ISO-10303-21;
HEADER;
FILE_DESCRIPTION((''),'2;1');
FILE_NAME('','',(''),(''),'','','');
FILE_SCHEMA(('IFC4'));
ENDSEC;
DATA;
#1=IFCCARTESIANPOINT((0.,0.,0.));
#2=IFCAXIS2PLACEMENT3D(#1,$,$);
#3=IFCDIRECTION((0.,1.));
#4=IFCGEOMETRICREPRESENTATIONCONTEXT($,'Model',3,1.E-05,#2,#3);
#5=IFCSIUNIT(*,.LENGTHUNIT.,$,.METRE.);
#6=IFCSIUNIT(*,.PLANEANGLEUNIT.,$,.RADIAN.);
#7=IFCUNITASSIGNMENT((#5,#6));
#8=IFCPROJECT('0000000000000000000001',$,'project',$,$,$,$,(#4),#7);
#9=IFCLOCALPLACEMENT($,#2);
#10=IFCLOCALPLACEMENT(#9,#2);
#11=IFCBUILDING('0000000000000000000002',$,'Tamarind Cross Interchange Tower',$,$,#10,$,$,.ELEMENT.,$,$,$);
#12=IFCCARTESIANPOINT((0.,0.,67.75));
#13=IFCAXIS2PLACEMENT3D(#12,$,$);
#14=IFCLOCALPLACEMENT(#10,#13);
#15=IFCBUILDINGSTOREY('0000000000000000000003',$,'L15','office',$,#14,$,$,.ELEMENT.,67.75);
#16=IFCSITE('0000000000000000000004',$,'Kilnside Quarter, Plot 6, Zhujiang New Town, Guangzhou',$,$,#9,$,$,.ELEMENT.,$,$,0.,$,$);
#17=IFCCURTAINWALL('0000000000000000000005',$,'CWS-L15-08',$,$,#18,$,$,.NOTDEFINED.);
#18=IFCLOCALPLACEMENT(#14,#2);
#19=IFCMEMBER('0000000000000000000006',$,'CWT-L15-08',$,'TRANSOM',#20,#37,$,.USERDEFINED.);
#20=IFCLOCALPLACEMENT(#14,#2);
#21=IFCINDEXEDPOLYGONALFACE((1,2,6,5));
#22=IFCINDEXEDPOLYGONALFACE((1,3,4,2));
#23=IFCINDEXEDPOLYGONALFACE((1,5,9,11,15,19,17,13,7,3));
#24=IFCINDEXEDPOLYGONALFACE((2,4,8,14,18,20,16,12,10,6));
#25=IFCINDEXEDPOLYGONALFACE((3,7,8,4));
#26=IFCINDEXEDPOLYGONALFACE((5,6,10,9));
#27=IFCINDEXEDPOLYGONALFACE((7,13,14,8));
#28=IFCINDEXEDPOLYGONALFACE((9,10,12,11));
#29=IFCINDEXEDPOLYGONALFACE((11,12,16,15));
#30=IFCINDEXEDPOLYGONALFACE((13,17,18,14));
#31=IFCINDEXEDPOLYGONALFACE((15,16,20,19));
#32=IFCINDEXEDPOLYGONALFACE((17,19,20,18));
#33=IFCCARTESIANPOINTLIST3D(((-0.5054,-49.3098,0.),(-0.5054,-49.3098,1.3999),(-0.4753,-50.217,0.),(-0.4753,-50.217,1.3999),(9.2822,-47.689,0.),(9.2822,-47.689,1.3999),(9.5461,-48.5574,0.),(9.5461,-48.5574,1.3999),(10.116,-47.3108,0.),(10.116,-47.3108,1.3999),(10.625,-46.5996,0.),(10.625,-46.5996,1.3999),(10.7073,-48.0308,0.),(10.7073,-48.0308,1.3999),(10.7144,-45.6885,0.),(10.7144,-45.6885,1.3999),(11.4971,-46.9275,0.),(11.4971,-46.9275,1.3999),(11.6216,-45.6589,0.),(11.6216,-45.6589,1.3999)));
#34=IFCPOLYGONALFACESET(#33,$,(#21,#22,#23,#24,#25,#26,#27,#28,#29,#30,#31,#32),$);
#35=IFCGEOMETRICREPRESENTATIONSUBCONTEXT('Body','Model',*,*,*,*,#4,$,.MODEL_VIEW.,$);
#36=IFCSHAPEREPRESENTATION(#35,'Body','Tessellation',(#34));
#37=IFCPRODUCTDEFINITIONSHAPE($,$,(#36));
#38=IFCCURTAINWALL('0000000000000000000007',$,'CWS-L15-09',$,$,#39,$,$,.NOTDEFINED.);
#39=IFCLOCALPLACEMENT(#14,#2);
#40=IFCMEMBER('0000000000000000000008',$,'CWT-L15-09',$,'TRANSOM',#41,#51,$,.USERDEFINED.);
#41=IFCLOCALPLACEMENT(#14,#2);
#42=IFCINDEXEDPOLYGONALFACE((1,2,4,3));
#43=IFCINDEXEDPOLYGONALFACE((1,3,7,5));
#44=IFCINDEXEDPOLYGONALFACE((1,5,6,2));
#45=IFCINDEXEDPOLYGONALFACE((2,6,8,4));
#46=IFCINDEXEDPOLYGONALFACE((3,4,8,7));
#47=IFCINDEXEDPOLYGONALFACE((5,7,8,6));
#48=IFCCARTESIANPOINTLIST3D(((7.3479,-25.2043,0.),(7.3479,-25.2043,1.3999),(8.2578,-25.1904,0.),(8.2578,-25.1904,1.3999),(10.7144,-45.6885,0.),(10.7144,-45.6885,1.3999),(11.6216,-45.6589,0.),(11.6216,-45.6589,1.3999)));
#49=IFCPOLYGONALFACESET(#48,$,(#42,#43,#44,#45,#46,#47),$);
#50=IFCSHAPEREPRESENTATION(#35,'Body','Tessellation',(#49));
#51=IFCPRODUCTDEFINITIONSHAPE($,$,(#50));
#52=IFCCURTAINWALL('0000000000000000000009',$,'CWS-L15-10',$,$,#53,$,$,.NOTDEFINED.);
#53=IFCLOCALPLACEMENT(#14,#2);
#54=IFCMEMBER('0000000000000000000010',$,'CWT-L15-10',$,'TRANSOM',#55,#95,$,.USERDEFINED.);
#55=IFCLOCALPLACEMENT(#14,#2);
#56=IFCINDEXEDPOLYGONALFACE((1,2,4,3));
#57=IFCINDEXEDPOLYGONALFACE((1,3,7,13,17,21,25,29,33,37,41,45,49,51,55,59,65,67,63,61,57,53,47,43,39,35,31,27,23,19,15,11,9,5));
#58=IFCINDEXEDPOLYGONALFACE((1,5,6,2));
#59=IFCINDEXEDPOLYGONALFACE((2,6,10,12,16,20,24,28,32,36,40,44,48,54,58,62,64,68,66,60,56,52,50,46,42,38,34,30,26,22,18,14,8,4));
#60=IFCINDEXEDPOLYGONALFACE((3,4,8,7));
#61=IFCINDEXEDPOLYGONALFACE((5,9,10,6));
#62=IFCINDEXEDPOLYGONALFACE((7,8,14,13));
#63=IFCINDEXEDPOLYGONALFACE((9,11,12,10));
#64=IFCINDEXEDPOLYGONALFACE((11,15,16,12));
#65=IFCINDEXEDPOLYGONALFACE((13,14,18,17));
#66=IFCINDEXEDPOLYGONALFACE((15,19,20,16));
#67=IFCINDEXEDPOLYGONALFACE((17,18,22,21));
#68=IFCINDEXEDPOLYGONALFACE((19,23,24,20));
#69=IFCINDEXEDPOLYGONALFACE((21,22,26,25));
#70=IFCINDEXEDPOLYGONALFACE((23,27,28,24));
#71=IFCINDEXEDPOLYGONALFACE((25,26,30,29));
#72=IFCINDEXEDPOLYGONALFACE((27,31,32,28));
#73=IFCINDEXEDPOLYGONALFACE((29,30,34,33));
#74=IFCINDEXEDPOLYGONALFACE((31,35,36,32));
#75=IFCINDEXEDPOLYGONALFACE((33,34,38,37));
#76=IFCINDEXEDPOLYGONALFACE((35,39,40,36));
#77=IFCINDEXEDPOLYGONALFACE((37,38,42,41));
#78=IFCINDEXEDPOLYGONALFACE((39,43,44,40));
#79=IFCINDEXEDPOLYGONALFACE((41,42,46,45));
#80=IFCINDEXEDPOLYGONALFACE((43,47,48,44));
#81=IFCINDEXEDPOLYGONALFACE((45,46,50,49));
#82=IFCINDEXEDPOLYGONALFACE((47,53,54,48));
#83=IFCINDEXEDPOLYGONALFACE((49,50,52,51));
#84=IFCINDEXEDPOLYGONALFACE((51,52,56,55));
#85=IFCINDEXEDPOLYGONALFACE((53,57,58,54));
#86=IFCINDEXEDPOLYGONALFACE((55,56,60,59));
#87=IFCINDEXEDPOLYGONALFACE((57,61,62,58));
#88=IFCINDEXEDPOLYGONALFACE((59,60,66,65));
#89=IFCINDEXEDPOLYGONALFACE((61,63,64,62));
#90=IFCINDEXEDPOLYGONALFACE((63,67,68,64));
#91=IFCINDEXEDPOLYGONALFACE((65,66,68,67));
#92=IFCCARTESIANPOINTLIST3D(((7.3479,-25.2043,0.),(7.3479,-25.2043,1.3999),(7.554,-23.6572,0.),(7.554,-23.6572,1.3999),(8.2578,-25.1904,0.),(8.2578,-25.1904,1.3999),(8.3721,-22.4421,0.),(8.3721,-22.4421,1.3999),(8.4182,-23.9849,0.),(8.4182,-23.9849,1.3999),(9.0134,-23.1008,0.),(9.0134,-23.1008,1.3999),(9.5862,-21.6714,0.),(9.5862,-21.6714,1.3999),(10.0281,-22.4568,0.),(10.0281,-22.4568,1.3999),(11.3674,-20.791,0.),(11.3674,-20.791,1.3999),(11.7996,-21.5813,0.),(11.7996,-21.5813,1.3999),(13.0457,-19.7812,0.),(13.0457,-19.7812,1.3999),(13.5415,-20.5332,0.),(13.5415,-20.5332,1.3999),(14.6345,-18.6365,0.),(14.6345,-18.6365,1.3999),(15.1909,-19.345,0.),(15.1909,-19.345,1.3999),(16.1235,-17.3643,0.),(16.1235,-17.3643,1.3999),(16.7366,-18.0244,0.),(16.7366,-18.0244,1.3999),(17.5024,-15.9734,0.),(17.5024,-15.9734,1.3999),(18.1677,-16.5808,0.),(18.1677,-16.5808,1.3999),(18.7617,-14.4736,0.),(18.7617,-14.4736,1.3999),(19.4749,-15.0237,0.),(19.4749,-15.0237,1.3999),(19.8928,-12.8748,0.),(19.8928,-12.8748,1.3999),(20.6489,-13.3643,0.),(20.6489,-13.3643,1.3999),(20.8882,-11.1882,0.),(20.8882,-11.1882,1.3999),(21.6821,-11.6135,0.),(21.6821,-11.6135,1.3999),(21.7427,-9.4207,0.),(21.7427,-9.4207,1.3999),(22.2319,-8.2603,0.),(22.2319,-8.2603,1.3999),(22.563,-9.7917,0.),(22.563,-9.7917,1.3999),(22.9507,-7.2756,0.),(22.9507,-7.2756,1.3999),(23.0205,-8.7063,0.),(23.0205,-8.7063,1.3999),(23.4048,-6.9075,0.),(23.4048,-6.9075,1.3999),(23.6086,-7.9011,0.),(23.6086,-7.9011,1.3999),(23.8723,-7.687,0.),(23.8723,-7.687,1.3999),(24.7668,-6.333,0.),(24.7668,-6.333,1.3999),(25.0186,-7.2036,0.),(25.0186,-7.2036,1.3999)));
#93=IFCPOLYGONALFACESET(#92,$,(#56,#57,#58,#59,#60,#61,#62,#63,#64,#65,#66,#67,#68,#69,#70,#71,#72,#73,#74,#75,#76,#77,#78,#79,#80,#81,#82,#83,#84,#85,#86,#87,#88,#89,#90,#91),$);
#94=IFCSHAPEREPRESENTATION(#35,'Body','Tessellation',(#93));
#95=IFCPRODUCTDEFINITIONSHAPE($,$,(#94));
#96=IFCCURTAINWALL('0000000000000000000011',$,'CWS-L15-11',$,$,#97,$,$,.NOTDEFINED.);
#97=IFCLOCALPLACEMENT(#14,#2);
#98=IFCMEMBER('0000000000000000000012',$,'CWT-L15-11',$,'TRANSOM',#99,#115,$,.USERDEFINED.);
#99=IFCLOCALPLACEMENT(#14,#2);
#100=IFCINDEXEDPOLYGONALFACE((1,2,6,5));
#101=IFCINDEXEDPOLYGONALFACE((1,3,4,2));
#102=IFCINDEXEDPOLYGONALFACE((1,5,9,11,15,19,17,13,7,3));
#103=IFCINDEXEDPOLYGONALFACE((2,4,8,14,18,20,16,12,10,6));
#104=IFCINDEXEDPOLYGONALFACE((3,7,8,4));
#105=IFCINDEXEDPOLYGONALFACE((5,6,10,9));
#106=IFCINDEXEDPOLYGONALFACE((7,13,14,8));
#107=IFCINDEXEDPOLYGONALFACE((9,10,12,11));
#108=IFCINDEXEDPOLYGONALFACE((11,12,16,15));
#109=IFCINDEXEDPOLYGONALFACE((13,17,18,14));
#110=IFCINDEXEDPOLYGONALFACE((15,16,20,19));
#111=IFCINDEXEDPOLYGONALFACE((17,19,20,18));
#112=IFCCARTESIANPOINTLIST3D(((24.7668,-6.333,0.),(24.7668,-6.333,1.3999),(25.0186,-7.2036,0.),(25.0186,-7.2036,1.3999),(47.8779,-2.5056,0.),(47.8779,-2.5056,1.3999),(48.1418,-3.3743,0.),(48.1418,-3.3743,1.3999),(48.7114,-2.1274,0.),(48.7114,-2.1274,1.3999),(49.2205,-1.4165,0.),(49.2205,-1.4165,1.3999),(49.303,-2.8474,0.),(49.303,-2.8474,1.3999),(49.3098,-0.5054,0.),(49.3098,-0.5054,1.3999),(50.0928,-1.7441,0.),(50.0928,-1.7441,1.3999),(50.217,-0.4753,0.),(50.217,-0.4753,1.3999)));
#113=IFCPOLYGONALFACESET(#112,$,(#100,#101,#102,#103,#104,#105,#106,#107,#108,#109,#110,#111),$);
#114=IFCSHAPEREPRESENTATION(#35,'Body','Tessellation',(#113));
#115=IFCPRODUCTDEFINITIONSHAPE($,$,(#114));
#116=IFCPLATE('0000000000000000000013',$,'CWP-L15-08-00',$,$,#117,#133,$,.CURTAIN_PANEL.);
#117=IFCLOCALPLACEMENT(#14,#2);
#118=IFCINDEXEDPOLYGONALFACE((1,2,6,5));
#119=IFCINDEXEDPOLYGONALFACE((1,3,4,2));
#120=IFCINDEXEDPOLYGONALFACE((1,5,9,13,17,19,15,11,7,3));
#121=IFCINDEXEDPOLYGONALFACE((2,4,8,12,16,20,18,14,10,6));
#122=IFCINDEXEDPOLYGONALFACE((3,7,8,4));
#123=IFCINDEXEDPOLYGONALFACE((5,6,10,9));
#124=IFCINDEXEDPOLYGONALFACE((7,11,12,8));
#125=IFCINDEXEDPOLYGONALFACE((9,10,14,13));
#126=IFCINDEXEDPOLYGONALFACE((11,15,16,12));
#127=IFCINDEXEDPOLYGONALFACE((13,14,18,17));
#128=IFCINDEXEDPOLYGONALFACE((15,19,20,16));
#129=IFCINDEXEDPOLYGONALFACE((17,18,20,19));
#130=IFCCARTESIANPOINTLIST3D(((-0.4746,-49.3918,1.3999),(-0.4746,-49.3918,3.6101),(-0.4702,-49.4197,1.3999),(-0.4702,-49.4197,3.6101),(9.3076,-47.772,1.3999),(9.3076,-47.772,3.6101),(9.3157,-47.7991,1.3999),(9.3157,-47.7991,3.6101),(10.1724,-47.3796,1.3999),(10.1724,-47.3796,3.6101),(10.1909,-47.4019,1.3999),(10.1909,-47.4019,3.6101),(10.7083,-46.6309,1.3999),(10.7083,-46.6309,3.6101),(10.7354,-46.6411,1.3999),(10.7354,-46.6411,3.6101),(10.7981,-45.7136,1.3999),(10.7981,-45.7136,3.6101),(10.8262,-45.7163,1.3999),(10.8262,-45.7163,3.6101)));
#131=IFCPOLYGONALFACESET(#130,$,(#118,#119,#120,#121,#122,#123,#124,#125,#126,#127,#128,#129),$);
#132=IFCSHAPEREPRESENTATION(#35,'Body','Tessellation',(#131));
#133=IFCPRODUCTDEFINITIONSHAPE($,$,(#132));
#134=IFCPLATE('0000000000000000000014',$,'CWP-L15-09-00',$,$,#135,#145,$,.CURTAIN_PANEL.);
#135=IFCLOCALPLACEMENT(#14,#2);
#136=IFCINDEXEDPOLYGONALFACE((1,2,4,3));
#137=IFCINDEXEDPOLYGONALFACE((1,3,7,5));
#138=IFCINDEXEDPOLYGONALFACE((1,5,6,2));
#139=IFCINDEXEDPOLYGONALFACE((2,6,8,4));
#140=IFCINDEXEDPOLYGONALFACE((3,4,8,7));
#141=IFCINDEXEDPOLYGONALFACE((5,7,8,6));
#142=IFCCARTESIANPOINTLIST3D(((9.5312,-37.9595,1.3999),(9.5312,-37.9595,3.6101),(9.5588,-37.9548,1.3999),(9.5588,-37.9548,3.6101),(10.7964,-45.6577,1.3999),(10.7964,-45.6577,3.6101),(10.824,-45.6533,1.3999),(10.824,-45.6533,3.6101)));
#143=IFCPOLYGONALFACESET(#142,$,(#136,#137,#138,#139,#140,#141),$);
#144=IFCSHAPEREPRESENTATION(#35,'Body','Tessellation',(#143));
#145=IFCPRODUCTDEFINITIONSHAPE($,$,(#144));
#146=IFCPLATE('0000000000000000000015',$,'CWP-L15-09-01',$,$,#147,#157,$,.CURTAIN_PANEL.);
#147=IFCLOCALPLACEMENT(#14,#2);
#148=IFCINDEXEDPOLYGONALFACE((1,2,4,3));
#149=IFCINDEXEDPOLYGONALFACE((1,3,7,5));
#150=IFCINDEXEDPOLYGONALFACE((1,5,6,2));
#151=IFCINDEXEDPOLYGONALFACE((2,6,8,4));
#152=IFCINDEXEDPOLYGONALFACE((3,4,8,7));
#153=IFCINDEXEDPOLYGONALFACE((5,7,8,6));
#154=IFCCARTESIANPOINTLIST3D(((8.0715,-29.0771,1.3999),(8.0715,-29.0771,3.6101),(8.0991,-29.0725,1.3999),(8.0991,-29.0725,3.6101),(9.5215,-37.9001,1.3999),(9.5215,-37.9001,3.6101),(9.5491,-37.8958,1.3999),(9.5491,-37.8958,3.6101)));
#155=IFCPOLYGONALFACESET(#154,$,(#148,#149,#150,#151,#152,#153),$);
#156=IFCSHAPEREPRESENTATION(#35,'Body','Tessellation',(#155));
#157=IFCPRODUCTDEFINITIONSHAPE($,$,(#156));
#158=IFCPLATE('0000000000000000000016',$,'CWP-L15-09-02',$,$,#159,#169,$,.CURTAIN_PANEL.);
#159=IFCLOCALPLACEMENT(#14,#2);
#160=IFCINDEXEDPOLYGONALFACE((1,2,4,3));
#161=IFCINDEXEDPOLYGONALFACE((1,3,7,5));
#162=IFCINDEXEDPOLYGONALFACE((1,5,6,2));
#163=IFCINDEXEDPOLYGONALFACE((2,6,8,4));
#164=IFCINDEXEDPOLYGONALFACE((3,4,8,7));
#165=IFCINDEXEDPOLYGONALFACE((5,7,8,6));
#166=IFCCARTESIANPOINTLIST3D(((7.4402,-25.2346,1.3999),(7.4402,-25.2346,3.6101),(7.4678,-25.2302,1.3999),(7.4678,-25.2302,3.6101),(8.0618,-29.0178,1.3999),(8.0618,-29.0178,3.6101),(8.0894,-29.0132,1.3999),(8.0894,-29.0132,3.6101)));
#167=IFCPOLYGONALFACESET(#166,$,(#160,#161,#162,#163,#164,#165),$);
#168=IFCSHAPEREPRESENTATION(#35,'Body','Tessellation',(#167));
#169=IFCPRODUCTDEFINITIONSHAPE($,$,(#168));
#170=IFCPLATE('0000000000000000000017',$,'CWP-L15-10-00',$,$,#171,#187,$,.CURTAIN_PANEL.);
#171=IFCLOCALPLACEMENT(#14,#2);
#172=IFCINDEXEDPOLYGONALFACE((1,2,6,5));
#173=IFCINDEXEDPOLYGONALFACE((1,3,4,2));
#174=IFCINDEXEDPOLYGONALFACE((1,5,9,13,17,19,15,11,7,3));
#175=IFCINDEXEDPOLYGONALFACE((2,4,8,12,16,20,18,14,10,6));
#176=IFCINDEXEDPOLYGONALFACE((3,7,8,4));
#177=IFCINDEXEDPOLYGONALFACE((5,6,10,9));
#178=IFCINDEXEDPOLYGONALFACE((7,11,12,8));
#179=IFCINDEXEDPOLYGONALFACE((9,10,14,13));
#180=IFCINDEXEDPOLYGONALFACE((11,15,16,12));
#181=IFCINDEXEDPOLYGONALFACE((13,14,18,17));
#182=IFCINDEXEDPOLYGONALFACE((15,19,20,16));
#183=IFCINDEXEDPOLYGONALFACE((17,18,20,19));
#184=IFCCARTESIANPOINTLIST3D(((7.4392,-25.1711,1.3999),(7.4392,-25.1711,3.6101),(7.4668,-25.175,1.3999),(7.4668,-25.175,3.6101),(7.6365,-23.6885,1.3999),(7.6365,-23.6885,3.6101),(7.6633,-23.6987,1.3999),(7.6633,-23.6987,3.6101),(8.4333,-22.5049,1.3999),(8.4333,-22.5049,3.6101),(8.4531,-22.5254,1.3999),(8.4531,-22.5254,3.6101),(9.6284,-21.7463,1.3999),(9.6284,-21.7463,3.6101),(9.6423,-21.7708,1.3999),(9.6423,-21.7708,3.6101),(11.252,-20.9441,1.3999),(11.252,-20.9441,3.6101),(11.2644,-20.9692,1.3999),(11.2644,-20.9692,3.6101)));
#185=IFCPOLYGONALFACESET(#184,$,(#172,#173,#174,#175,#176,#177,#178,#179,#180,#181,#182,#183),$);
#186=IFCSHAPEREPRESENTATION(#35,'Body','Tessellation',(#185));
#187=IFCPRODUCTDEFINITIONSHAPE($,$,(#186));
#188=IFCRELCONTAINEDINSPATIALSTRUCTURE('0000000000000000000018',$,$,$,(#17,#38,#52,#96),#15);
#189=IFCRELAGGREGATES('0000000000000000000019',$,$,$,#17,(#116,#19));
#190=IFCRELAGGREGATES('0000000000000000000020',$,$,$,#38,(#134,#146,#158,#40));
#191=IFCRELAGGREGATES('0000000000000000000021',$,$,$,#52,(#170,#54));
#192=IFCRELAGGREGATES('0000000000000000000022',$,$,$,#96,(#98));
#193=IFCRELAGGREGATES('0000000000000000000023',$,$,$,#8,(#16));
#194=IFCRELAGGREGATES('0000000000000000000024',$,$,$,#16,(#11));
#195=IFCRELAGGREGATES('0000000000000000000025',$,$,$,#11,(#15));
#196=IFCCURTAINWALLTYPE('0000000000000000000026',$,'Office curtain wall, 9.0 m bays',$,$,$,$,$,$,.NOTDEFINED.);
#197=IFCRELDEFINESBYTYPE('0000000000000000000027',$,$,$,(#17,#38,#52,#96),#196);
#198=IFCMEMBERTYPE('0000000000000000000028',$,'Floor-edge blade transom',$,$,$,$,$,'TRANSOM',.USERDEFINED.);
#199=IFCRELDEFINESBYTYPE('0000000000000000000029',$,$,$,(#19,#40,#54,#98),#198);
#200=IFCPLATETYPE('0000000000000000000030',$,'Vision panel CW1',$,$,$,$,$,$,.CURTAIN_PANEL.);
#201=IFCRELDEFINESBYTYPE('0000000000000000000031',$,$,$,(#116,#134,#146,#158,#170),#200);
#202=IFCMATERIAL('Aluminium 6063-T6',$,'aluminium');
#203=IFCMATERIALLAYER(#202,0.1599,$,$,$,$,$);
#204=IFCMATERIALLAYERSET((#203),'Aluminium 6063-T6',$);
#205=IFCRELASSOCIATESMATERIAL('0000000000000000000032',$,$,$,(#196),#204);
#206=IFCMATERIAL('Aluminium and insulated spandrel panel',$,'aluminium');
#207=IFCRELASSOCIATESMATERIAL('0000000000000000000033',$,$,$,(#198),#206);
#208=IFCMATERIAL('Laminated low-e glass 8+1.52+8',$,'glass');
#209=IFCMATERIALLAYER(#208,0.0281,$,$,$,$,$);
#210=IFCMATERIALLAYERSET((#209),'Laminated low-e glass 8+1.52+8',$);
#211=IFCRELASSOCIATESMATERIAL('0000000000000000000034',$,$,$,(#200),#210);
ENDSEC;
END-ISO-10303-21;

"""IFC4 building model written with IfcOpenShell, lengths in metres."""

from ifc_helpers import new_model, si_unit, direction, frame, origin, place, context, subcontext, project, spatial, polyline, outline, extrude, material, layer, layer_set, type_object, element, aggregate, save


model = new_model("IFC4")

# Units and contexts
model_context = context("Model", 3, precision=1e-05, world=origin(), true_north=direction((0.0, 1.0)))
body_context = subcontext(model_context, "Body", "Model", "MODEL_VIEW")
ifc_project = project(units=[si_unit("LENGTHUNIT", "METRE"), si_unit("PLANEANGLEUNIT", "RADIAN")], contexts=[model_context])

# Site, building, storey
site_placement = place(None, origin())
site = spatial("IfcSite", under=ifc_project, at=site_placement, Name="Kilnside Quarter, Plot 6, Zhujiang New Town, Guangzhou", CompositionType="ELEMENT", RefElevation=0.0)
building_placement = place(site_placement, origin())
building = spatial("IfcBuilding", under=site, at=building_placement, Name="Tamarind Cross Interchange Tower", CompositionType="ELEMENT")
storey_placement = place(building_placement, frame((0.0, 0.0, 67.75)))
storey = spatial("IfcBuildingStorey", under=building, at=storey_placement, Name="L15", Description="office", CompositionType="ELEMENT", Elevation=67.75)

# Curtain walls, members
ifc_material_1 = material(Name="Aluminium 6063-T6", Category="aluminium")
ifc_layer_1 = layer(ifc_material_1, 0.1599)
ifc_layer_set_1 = layer_set([ifc_layer_1], Name="Aluminium 6063-T6")
curtain_wall_type = type_object("IfcCurtainWallType", Name="Office curtain wall, 9.0 m bays", PredefinedType="NOTDEFINED", material=ifc_layer_set_1)
curtain_wall_1_placement = place(storey_placement, origin())
curtain_wall_1 = element("IfcCurtainWall", 1, at=curtain_wall_1_placement, inside=storey, type_object=curtain_wall_type, Name="CWS-L15-08", PredefinedType="NOTDEFINED")
ifc_material_2 = material(Name="Aluminium and insulated spandrel panel", Category="aluminium")
member_type = type_object("IfcMemberType", Name="Floor-edge blade transom", ElementType="TRANSOM", PredefinedType="USERDEFINED", material=ifc_material_2)
member_1_placement = place(storey_placement, origin())
member_1 = element("IfcMember", 2, at=member_1_placement, type_object=member_type, Name="CWT-L15-08", ObjectType="TRANSOM", PredefinedType="USERDEFINED", context=body_context, shape_type="SweptSolid", body=[
    extrude(outline(polyline([(-0.5054, -49.3098), (9.2822, -47.689), (10.116, -47.3108), (10.625, -46.5996), (10.7144, -45.6885), (11.6216, -45.6589), (11.4971, -46.9275), (10.7073, -48.0308), (9.5461, -48.5574), (-0.4753, -50.217), (-0.5054, -49.3098)])), origin(), (0.0, 0.0, 1.0), 1.3999),
])
curtain_wall_2_placement = place(storey_placement, origin())
curtain_wall_2 = element("IfcCurtainWall", 3, at=curtain_wall_2_placement, inside=storey, type_object=curtain_wall_type, Name="CWS-L15-09", PredefinedType="NOTDEFINED")
member_2_placement = place(storey_placement, origin())
member_2 = element("IfcMember", 4, at=member_2_placement, type_object=member_type, Name="CWT-L15-09", ObjectType="TRANSOM", PredefinedType="USERDEFINED", context=body_context, shape_type="SweptSolid", body=[
    extrude(outline(polyline([(10.7144, -45.6885), (7.3479, -25.2043), (8.2578, -25.1904), (11.6216, -45.6589), (10.7144, -45.6885)])), origin(), (0.0, 0.0, 1.0), 1.3999),
])
curtain_wall_3_placement = place(storey_placement, origin())
curtain_wall_3 = element("IfcCurtainWall", 5, at=curtain_wall_3_placement, inside=storey, type_object=curtain_wall_type, Name="CWS-L15-10", PredefinedType="NOTDEFINED")
member_3_placement = place(storey_placement, origin())
member_3 = element("IfcMember", 6, at=member_3_placement, type_object=member_type, Name="CWT-L15-10", ObjectType="TRANSOM", PredefinedType="USERDEFINED", context=body_context, shape_type="SweptSolid", body=[
    extrude(outline(polyline([(7.3479, -25.2043), (7.554, -23.6572), (8.3721, -22.4421), (9.5862, -21.6714), (11.3674, -20.791), (13.0457, -19.7812), (14.6345, -18.6365), (16.1235, -17.3643), (17.5024, -15.9734), (18.7617, -14.4736), (19.8928, -12.8748), (20.8882, -11.1882), (21.7427, -9.4207), (22.2319, -8.2603), (22.9507, -7.2756), (23.4048, -6.9075), (24.7668, -6.333), (25.0186, -7.2036), (23.8723, -7.687), (23.6086, -7.9011), (23.0205, -8.7063), (22.563, -9.7917), (21.6821, -11.6135), (20.6489, -13.3643), (19.4749, -15.0237), (18.1677, -16.5808), (16.7366, -18.0244), (15.1909, -19.345), (13.5415, -20.5332), (11.7996, -21.5813), (10.0281, -22.4568), (9.0134, -23.1008), (8.4182, -23.9849), (8.2578, -25.1904), (7.3479, -25.2043)])), origin(), (0.0, 0.0, 1.0), 1.3999),
])
curtain_wall_4_placement = place(storey_placement, origin())
curtain_wall_4 = element("IfcCurtainWall", 7, at=curtain_wall_4_placement, inside=storey, type_object=curtain_wall_type, Name="CWS-L15-11", PredefinedType="NOTDEFINED")
member_4_placement = place(storey_placement, origin())
member_4 = element("IfcMember", 8, at=member_4_placement, type_object=member_type, Name="CWT-L15-11", ObjectType="TRANSOM", PredefinedType="USERDEFINED", context=body_context, shape_type="SweptSolid", body=[
    extrude(outline(polyline([(24.7668, -6.333), (47.8779, -2.5056), (48.7114, -2.1274), (49.2205, -1.4165), (49.3098, -0.5054), (50.217, -0.4753), (50.0928, -1.7441), (49.303, -2.8474), (48.1418, -3.3743), (25.0186, -7.2036), (24.7668, -6.333)])), origin(), (0.0, 0.0, 1.0), 1.3999),
])

# Plates
ifc_material_3 = material(Name="Laminated low-e glass 8+1.52+8", Category="glass")
ifc_layer_2 = layer(ifc_material_3, 0.0281)
ifc_layer_set_2 = layer_set([ifc_layer_2], Name="Laminated low-e glass 8+1.52+8")
plate_type = type_object("IfcPlateType", Name="Vision panel CW1", PredefinedType="CURTAIN_PANEL", material=ifc_layer_set_2)
plate_1_placement = place(storey_placement, frame((0.0, 0.0, 1.3999)))
plate_1 = element("IfcPlate", 9, at=plate_1_placement, type_object=plate_type, Name="CWP-L15-08-00", PredefinedType="CURTAIN_PANEL", context=body_context, shape_type="SweptSolid", body=[
    extrude(outline(polyline([(-0.4746, -49.3918), (9.3076, -47.772), (10.1724, -47.3796), (10.7083, -46.6309), (10.7981, -45.7136), (10.8262, -45.7163), (10.7354, -46.6411), (10.1909, -47.4019), (9.3157, -47.7991), (-0.4702, -49.4197), (-0.4746, -49.3918)])), origin(), (0.0, 0.0, 1.0), 2.2102),
])
aggregate(curtain_wall_1, [plate_1, member_1])
plate_2_placement = place(storey_placement, frame((0.0, 0.0, 1.3999)))
plate_2 = element("IfcPlate", 10, at=plate_2_placement, type_object=plate_type, Name="CWP-L15-09-00", PredefinedType="CURTAIN_PANEL", context=body_context, shape_type="SweptSolid", body=[
    extrude(outline(polyline([(10.7964, -45.6577), (9.5312, -37.9595), (9.5588, -37.9548), (10.824, -45.6533), (10.7964, -45.6577)])), origin(), (0.0, 0.0, 1.0), 2.2102),
])
plate_3_placement = place(storey_placement, frame((0.0, 0.0, 1.3999)))
plate_3 = element("IfcPlate", 11, at=plate_3_placement, type_object=plate_type, Name="CWP-L15-09-01", PredefinedType="CURTAIN_PANEL", context=body_context, shape_type="SweptSolid", body=[
    extrude(outline(polyline([(9.5215, -37.9001), (8.0715, -29.0771), (8.0991, -29.0725), (9.5491, -37.8958), (9.5215, -37.9001)])), origin(), (0.0, 0.0, 1.0), 2.2102),
])
plate_4_placement = place(storey_placement, frame((0.0, 0.0, 1.3999)))
plate_4 = element("IfcPlate", 12, at=plate_4_placement, type_object=plate_type, Name="CWP-L15-09-02", PredefinedType="CURTAIN_PANEL", context=body_context, shape_type="SweptSolid", body=[
    extrude(outline(polyline([(8.0618, -29.0178), (7.4402, -25.2346), (7.4678, -25.2302), (8.0894, -29.0132), (8.0618, -29.0178)])), origin(), (0.0, 0.0, 1.0), 2.2102),
])
aggregate(curtain_wall_2, [plate_2, plate_3, plate_4, member_2])
plate_5_placement = place(storey_placement, frame((0.0, 0.0, 1.3999)))
plate_5 = element("IfcPlate", 13, at=plate_5_placement, type_object=plate_type, Name="CWP-L15-10-00", PredefinedType="CURTAIN_PANEL", context=body_context, shape_type="SweptSolid", body=[
    extrude(outline(polyline([(7.4392, -25.1711), (7.6365, -23.6885), (8.4333, -22.5049), (9.6284, -21.7463), (11.252, -20.9441), (11.2644, -20.9692), (9.6423, -21.7708), (8.4531, -22.5254), (7.6633, -23.6987), (7.4668, -25.175), (7.4392, -25.1711)])), origin(), (0.0, 0.0, 1.0), 2.2102),
])
aggregate(curtain_wall_3, [plate_5, member_3])
aggregate(curtain_wall_4, [member_4])

save(model, "model.ifc")
